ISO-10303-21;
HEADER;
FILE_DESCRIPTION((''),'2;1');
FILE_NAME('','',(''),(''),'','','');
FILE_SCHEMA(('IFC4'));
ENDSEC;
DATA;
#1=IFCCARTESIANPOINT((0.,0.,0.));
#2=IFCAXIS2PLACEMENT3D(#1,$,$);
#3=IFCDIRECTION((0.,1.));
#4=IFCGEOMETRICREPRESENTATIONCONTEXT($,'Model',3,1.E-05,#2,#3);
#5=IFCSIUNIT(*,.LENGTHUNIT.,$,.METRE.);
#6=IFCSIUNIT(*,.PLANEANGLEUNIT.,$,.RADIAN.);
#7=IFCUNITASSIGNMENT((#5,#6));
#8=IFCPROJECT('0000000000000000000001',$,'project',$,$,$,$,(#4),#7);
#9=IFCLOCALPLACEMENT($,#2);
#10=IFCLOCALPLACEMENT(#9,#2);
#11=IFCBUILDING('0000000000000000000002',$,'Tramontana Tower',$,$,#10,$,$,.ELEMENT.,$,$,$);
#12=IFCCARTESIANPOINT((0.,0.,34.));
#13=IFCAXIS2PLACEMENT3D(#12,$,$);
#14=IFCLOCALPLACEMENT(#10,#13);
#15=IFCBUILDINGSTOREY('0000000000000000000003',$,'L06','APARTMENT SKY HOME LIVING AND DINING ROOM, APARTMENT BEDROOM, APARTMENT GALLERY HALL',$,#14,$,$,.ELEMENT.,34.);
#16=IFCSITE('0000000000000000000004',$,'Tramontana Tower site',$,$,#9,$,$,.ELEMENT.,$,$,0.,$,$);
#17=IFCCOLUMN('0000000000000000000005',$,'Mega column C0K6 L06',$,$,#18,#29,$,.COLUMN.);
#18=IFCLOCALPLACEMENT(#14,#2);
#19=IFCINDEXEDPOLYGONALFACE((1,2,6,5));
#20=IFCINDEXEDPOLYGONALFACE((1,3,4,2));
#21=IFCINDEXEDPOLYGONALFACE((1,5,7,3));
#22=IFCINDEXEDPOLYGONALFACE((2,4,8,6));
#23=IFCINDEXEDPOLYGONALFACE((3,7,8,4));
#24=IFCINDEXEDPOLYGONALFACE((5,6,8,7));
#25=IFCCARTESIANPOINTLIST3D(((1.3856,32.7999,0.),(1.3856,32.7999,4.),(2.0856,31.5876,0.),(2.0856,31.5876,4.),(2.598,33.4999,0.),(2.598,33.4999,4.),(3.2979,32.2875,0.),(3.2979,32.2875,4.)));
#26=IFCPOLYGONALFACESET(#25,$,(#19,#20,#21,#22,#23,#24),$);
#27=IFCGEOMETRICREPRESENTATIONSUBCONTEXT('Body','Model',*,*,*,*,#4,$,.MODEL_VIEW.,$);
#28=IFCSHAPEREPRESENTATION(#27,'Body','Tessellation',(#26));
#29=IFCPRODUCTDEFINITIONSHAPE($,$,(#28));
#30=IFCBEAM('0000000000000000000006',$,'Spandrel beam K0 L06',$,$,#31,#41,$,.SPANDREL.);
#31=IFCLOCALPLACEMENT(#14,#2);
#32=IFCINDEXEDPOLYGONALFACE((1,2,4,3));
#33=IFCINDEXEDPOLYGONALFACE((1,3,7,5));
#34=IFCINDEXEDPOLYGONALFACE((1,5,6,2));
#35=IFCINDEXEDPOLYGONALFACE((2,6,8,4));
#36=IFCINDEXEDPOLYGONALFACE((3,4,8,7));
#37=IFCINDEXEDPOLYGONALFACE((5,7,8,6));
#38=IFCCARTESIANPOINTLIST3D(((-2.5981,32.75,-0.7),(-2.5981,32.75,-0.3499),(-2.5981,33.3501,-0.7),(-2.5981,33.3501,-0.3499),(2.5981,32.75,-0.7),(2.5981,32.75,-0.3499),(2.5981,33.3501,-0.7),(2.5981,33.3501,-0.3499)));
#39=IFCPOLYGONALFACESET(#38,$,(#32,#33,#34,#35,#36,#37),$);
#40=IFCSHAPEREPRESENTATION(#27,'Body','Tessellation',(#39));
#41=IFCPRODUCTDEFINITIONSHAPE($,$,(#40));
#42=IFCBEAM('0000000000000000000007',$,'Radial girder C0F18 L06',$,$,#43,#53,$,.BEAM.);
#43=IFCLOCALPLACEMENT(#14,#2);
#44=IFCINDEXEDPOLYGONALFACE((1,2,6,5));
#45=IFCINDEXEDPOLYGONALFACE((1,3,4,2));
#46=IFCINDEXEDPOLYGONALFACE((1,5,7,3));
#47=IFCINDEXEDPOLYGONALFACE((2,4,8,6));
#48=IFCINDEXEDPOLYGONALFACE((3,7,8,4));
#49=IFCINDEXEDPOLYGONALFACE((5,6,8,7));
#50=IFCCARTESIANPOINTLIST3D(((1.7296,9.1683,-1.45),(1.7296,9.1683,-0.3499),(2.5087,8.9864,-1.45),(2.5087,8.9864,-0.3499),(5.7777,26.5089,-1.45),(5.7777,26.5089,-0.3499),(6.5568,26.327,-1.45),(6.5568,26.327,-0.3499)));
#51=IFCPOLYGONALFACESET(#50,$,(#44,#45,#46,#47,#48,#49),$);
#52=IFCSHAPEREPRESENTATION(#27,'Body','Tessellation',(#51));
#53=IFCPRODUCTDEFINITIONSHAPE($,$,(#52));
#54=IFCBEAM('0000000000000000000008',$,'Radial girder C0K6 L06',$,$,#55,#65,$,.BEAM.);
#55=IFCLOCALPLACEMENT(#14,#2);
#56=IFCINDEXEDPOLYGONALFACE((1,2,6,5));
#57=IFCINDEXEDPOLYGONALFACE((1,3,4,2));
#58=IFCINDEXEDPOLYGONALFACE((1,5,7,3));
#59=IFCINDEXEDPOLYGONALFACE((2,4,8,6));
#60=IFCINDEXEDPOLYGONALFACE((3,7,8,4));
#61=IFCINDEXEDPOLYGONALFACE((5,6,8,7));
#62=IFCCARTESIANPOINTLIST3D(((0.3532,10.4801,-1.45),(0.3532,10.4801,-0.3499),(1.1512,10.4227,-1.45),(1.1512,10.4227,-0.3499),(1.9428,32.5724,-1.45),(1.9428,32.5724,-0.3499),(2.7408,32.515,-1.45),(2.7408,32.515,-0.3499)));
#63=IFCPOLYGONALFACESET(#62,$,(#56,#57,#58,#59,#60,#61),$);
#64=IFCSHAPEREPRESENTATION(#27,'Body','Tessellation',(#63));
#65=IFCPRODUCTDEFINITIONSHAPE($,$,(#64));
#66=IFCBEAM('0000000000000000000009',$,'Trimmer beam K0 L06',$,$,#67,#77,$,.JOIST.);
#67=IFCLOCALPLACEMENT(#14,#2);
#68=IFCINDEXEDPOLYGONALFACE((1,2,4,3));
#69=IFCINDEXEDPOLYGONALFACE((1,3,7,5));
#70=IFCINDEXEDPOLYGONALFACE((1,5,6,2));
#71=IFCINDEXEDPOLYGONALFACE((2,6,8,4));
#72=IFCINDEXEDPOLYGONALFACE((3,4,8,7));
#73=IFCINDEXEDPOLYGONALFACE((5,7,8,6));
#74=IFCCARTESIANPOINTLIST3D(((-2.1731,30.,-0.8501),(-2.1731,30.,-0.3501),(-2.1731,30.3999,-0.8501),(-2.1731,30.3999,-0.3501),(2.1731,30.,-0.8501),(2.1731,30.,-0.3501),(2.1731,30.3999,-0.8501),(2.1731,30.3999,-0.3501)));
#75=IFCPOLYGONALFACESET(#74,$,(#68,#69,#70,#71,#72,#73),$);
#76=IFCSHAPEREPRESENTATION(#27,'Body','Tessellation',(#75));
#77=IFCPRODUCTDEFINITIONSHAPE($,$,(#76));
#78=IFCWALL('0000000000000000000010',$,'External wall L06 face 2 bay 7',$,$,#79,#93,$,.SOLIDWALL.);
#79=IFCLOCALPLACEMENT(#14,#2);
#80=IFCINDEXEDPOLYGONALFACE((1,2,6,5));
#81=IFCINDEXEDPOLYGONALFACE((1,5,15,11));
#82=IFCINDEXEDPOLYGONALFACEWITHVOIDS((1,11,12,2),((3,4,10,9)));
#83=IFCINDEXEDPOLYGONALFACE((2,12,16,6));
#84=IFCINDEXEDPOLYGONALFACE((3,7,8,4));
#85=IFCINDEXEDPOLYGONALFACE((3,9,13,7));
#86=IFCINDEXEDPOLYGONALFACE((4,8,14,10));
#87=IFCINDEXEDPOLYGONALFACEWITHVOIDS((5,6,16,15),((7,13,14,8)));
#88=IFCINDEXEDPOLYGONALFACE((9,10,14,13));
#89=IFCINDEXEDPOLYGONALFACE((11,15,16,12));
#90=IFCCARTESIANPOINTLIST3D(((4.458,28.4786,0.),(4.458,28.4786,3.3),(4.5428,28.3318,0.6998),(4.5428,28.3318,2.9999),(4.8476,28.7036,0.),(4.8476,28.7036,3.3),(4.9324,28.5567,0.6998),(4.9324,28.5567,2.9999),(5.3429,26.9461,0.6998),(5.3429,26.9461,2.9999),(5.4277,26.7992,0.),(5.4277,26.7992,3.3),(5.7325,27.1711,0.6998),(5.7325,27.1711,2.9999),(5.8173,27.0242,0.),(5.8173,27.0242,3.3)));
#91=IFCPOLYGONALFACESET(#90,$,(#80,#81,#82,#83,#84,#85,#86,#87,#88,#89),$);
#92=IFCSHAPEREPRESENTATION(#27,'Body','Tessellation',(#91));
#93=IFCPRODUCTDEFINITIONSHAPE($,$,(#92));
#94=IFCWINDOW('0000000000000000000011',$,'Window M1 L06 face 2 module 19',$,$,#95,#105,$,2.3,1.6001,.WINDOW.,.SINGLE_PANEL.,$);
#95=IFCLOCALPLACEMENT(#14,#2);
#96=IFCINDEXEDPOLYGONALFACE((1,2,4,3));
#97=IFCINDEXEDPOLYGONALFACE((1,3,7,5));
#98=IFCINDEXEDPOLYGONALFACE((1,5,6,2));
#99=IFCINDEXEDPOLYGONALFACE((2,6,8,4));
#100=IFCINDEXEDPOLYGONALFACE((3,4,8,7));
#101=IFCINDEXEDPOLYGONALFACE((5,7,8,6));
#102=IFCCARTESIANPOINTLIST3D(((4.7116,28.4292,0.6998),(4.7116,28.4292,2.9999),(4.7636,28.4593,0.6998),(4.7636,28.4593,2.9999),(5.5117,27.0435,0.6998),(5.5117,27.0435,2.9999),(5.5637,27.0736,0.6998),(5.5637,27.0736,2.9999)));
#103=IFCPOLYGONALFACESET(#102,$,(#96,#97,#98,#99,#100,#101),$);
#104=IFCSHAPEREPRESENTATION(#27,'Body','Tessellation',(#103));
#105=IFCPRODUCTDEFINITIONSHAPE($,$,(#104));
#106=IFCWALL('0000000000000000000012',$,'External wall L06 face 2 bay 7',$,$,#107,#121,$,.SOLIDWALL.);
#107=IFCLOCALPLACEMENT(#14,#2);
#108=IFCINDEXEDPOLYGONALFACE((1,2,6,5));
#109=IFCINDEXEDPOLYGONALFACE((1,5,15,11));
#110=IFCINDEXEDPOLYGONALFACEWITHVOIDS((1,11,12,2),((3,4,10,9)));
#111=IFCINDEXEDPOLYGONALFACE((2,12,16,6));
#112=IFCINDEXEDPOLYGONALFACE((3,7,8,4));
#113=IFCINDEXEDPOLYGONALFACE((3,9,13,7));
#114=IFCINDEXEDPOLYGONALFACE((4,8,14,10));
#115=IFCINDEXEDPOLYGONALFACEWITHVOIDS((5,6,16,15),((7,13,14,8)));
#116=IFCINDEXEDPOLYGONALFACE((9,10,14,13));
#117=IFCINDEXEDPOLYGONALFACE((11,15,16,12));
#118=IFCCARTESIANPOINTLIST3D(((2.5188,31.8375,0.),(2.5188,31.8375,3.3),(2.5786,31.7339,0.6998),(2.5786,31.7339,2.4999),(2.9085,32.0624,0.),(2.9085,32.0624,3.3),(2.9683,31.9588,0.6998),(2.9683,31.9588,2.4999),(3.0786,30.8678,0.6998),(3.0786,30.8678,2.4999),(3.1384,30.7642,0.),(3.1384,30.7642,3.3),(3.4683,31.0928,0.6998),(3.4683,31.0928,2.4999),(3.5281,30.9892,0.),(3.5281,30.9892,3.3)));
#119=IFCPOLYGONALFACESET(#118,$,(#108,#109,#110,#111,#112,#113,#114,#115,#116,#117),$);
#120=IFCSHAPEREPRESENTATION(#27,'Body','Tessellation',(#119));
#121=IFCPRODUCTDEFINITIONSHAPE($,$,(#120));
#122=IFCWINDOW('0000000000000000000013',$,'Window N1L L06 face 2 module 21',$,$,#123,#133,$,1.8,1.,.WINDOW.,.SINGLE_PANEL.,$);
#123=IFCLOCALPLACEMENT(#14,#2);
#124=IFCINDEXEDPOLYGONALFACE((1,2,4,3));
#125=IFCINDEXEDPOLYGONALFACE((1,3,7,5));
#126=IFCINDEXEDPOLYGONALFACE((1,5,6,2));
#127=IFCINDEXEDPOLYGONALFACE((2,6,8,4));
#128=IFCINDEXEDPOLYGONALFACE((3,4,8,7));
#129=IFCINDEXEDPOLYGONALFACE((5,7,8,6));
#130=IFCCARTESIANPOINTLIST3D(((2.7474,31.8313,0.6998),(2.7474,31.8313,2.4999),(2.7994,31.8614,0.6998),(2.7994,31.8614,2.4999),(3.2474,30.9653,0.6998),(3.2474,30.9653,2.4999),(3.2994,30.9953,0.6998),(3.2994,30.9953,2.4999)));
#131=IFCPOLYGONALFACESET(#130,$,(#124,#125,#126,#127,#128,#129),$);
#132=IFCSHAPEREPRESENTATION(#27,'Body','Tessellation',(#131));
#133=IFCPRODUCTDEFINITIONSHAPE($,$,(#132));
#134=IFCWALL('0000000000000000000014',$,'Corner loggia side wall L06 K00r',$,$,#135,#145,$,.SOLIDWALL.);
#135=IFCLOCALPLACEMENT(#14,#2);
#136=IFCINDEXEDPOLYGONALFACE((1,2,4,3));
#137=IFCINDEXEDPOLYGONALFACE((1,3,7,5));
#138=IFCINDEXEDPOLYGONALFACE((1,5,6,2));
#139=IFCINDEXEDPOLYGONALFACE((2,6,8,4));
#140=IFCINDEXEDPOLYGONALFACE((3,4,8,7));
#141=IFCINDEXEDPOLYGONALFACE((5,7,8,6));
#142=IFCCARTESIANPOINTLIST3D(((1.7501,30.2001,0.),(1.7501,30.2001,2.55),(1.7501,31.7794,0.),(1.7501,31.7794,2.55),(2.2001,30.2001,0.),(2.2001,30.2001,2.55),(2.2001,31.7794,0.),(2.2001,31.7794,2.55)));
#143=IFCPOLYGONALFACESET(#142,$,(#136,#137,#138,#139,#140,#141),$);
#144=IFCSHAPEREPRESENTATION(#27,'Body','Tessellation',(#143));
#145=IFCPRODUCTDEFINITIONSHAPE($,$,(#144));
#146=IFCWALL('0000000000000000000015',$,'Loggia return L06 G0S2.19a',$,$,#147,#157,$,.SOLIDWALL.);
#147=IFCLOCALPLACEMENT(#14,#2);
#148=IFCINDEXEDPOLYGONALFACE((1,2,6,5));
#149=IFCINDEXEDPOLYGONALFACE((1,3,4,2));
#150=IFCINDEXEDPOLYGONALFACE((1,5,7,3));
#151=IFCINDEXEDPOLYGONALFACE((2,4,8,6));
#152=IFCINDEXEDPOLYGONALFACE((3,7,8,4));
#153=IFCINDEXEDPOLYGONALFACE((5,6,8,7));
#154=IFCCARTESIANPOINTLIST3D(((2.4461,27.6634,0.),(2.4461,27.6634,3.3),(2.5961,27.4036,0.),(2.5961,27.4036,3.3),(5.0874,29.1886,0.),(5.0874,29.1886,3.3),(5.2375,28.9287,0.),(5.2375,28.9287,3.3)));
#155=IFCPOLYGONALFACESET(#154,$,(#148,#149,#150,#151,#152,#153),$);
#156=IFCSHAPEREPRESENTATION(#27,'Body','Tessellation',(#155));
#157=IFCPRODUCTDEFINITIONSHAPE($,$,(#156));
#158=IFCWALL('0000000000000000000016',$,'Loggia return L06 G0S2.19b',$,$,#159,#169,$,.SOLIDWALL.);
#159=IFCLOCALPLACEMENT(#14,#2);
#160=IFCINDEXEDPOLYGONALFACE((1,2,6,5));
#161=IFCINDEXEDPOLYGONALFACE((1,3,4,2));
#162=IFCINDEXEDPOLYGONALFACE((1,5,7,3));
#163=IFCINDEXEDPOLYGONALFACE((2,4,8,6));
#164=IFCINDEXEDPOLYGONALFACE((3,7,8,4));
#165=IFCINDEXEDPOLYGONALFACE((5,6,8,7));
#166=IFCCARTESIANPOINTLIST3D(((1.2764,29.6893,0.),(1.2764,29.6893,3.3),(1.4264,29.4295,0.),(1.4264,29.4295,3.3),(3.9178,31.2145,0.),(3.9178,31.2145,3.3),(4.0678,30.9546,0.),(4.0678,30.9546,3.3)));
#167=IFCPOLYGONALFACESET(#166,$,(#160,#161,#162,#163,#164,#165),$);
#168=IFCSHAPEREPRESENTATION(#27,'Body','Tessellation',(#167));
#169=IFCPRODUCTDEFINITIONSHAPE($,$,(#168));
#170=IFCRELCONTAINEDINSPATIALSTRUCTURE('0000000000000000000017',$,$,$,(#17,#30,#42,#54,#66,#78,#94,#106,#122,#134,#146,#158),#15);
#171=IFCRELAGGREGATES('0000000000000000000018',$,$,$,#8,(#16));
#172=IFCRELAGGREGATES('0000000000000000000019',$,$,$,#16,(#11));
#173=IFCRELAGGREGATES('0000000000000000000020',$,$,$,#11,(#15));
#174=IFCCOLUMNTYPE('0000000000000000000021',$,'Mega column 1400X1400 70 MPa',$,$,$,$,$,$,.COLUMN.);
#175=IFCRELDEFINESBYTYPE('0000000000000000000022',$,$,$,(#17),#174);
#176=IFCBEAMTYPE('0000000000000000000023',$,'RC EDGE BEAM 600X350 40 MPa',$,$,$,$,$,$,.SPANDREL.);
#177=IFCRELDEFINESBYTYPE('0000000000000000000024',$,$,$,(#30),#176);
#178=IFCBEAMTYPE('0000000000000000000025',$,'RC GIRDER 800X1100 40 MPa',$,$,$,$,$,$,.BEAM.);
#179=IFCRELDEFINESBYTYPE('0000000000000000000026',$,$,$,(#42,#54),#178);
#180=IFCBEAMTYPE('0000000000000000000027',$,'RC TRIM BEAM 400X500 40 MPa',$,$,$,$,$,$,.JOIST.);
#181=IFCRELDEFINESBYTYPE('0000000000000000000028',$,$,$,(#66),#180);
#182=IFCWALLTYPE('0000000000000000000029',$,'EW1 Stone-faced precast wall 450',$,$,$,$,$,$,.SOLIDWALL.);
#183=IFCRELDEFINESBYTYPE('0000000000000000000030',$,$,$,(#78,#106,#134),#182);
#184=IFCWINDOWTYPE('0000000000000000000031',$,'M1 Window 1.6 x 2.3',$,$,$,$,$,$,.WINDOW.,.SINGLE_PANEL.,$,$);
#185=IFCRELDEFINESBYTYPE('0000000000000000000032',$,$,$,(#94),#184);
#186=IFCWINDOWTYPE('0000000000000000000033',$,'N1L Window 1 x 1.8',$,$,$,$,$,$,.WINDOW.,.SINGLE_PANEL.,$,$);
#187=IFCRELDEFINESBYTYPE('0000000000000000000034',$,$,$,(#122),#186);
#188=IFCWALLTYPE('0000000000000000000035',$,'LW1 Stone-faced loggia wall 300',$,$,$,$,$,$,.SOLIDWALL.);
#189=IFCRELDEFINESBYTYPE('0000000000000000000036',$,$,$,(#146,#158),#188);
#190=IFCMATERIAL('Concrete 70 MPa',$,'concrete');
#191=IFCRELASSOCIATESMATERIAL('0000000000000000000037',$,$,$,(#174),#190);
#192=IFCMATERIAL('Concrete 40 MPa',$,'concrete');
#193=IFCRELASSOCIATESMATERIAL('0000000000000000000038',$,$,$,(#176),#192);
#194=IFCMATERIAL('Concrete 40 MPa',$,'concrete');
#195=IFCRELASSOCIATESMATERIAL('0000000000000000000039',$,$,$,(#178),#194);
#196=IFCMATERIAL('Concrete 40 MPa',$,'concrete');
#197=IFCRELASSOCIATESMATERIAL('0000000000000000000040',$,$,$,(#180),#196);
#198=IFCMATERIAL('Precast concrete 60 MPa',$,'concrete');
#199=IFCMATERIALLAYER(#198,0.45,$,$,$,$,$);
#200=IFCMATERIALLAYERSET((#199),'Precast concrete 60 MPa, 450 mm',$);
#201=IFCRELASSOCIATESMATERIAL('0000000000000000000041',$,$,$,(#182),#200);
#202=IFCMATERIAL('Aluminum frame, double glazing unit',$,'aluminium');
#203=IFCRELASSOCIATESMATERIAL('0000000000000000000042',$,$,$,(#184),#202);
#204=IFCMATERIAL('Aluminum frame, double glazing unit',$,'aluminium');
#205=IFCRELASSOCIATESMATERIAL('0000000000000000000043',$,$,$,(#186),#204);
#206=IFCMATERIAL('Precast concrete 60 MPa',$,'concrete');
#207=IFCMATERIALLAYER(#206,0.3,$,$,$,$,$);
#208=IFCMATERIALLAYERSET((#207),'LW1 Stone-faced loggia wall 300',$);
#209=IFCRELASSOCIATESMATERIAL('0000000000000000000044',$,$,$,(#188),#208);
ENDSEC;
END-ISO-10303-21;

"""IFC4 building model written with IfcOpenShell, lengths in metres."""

from ifc_helpers import new_model, si_unit, direction, frame, frame_2d, origin, origin_2d, place, context, subcontext, project, spatial, rectangle, extrude, material, layer, layer_set, material_profile, profile_set, type_object, element, fill, save


model = new_model("IFC4")

# Units and contexts
model_context = context("Model", 3, precision=1e-05, world=origin(), true_north=direction((0.0, 1.0)))
body_context = subcontext(model_context, "Body", "Model", "MODEL_VIEW")
ifc_project = project(units=[si_unit("LENGTHUNIT", "METRE"), si_unit("PLANEANGLEUNIT", "RADIAN")], contexts=[model_context])

# Site, building, storey
site_placement = place(None, origin())
site = spatial("IfcSite", under=ifc_project, at=site_placement, Name="Tramontana Tower site", CompositionType="ELEMENT", RefElevation=0.0)
building_placement = place(site_placement, origin())
building = spatial("IfcBuilding", under=site, at=building_placement, Name="Tramontana Tower", CompositionType="ELEMENT")
storey_placement = place(building_placement, frame((0.0, 0.0, 34.0)))
storey = spatial("IfcBuildingStorey", under=building, at=storey_placement, Name="L06", Description="APARTMENT SKY HOME LIVING AND DINING ROOM, APARTMENT BEDROOM, APARTMENT GALLERY HALL", CompositionType="ELEMENT", Elevation=34.0)

# Column
ifc_material_1 = material(Name="Concrete 70 MPa", Category="concrete")
ifc_material_profile_1 = material_profile(ifc_material_1, rectangle(XDim=1.3999, YDim=1.3999, at=origin_2d()), Name="Mega column 1400X1400 70 MPa")
ifc_profile_set_1 = profile_set([ifc_material_profile_1], Name="Concrete 70 MPa")
column_type = type_object("IfcColumnType", Name="Mega column 1400X1400 70 MPa", PredefinedType="COLUMN", material=ifc_profile_set_1)
column_placement = place(storey_placement, frame((2.3418, 32.5437, 0.0), z_axis=(0.0, 0.0, 1.0), x_axis=(-0.5, 0.866025, 0.0)))
element("IfcColumn", 1, at=column_placement, inside=storey, type_object=column_type, Name="Mega column C0K6 L06", PredefinedType="COLUMN", context=body_context, shape_type="SweptSolid", body=[
    extrude(rectangle(XDim=1.3999, YDim=1.3999, at=origin_2d()), origin(), (0.0, 0.0, 1.0), 4.0),
])

# Beams
ifc_material_2 = material(Name="Concrete 40 MPa", Category="concrete")
ifc_material_profile_2 = material_profile(ifc_material_2, rectangle(XDim=0.6001, YDim=0.3501, at=origin_2d()), Name="RC EDGE BEAM 600X350 40 MPa")
ifc_profile_set_2 = profile_set([ifc_material_profile_2], Name="Concrete 40 MPa")
beam_type_1 = type_object("IfcBeamType", Name="RC EDGE BEAM 600X350 40 MPa", PredefinedType="SPANDREL", material=ifc_profile_set_2)
beam_1_placement = place(storey_placement, frame((2.5981, 33.05, -0.5249), z_axis=(-1.0, 0.0, 0.0), x_axis=(0.0, -1.0, 0.0)))
element("IfcBeam", 2, at=beam_1_placement, inside=storey, type_object=beam_type_1, Name="Spandrel beam K0 L06", PredefinedType="SPANDREL", context=body_context, shape_type="SweptSolid", body=[
    extrude(rectangle(XDim=0.6001, YDim=0.3501, at=origin_2d()), origin(), (0.0, 0.0, 1.0), 5.1963),
])
ifc_material_3 = material(Name="Concrete 40 MPa", Category="concrete")
ifc_material_profile_3 = material_profile(ifc_material_3, rectangle(XDim=0.8, YDim=1.1001, at=origin_2d()), Name="RC GIRDER 800X1100 40 MPa")
ifc_profile_set_3 = profile_set([ifc_material_profile_3], Name="Concrete 40 MPa")
beam_type_2 = type_object("IfcBeamType", Name="RC GIRDER 800X1100 40 MPa", PredefinedType="BEAM", material=ifc_profile_set_3)
beam_2_placement = place(storey_placement, frame((6.1672, 26.418, -0.8999), z_axis=(-0.227334, -0.973817, 0.0), x_axis=(0.973817, -0.227334, 0.0)))
element("IfcBeam", 3, at=beam_2_placement, inside=storey, type_object=beam_type_2, Name="Radial girder C0F18 L06", PredefinedType="BEAM", context=body_context, shape_type="SweptSolid", body=[
    extrude(rectangle(XDim=0.8, YDim=1.1001, at=origin_2d()), origin(), (0.0, 0.0, 1.0), 17.8069),
])
beam_3_placement = place(storey_placement, frame((2.3418, 32.5437, -0.8999), z_axis=(-0.071767, -0.997421, 0.0), x_axis=(0.997421, -0.071767, 0.0)))
element("IfcBeam", 4, at=beam_3_placement, inside=storey, type_object=beam_type_2, Name="Radial girder C0K6 L06", PredefinedType="BEAM", context=body_context, shape_type="SweptSolid", body=[
    extrude(rectangle(XDim=0.8, YDim=1.1001, at=origin_2d()), origin(), (0.0, 0.0, 1.0), 22.1494),
])
ifc_material_4 = material(Name="Concrete 40 MPa", Category="concrete")
ifc_material_profile_4 = material_profile(ifc_material_4, rectangle(XDim=0.3999, YDim=0.5, at=origin_2d()), Name="RC TRIM BEAM 400X500 40 MPa")
ifc_profile_set_4 = profile_set([ifc_material_profile_4], Name="Concrete 40 MPa")
beam_type_3 = type_object("IfcBeamType", Name="RC TRIM BEAM 400X500 40 MPa", PredefinedType="JOIST", material=ifc_profile_set_4)
beam_4_placement = place(storey_placement, frame((2.1731, 30.2, -0.6001), z_axis=(-1.0, 0.0, 0.0), x_axis=(0.0, -1.0, 0.0)))
element("IfcBeam", 5, at=beam_4_placement, inside=storey, type_object=beam_type_3, Name="Trimmer beam K0 L06", PredefinedType="JOIST", context=body_context, shape_type="SweptSolid", body=[
    extrude(rectangle(XDim=0.3999, YDim=0.5, at=origin_2d()), origin(), (0.0, 0.0, 1.0), 4.3462),
])

# Walls, openings, windows
ifc_material_5 = material(Name="Precast concrete 60 MPa", Category="concrete")
ifc_layer_1 = layer(ifc_material_5, 0.45)
ifc_layer_set_1 = layer_set([ifc_layer_1], Name="Precast concrete 60 MPa, 450 mm")
wall_type_1 = type_object("IfcWallType", Name="EW1 Stone-faced precast wall 450", PredefinedType="SOLIDWALL", material=ifc_layer_set_1)
wall_1_placement = place(storey_placement, frame((5.6226, 26.9116, 0.0), z_axis=(0.0, 0.0, 1.0), x_axis=(-0.500038, 0.866003, 0.0)))
wall_1 = element("IfcWall", 6, at=wall_1_placement, inside=storey, type_object=wall_type_1, Name="External wall L06 face 2 bay 7", PredefinedType="SOLIDWALL", context=body_context, shape_type="SweptSolid", body=[
    extrude(rectangle(XDim=1.9392, YDim=0.45, at=frame_2d((0.9697, 0.0))), origin(), (0.0, 0.0, 1.0), 3.3),
])
opening_1_placement = place(wall_1_placement, frame((0.1697, 0.0, 0.7)))
opening_1 = element("IfcOpeningElement", 7, at=opening_1_placement, cuts=wall_1, PredefinedType="OPENING", context=body_context, shape_type="SweptSolid", body=[
    extrude(rectangle(XDim=1.6001, YDim=2.3, at=frame_2d((0.8, 1.1499))), frame((0.0, 0.2349, 0.0), z_axis=(0.0, -1.0, 0.0), x_axis=(1.0, 0.0, 0.0)), (0.0, 0.0, 1.0), 0.47),
])
ifc_material_6 = material(Name="Aluminum frame, double glazing unit", Category="aluminium")
window_type_1 = type_object("IfcWindowType", Name="M1 Window 1.6 x 2.3", PartitioningType="SINGLE_PANEL", PredefinedType="WINDOW", material=ifc_material_6)
window_1_placement = place(opening_1_placement, origin())
window_1 = element("IfcWindow", 8, at=window_1_placement, inside=storey, type_object=window_type_1, Name="Window M1 L06 face 2 module 19", OverallHeight=2.3, OverallWidth=1.6001, PartitioningType="SINGLE_PANEL", PredefinedType="WINDOW", context=body_context, shape_type="SweptSolid", body=[
    extrude(rectangle(XDim=1.6001, YDim=2.3, at=frame_2d((0.8, 1.1499))), frame((0.0, 0.03, 0.0), z_axis=(0.0, -1.0, 0.0), x_axis=(1.0, 0.0, 0.0)), (0.0, 0.0, 1.0), 0.0601),
])
fill(opening_1, window_1)
wall_2_placement = place(storey_placement, frame((3.3333, 30.8767, 0.0), z_axis=(0.0, 0.0, 1.0), x_axis=(-0.499995, 0.866028, 0.0)))
wall_2 = element("IfcWall", 9, at=wall_2_placement, inside=storey, type_object=wall_type_1, Name="External wall L06 face 2 bay 7", PredefinedType="SOLIDWALL", context=body_context, shape_type="SweptSolid", body=[
    extrude(rectangle(XDim=1.2393, YDim=0.45, at=frame_2d((0.6196, 0.0))), origin(), (0.0, 0.0, 1.0), 3.3),
])
opening_2_placement = place(wall_2_placement, frame((0.1196, 0.0, 0.7)))
opening_2 = element("IfcOpeningElement", 10, at=opening_2_placement, cuts=wall_2, PredefinedType="OPENING", context=body_context, shape_type="SweptSolid", body=[
    extrude(rectangle(XDim=1.0, YDim=1.8, at=frame_2d((0.5, 0.8999))), frame((0.0, 0.2349, 0.0), z_axis=(0.0, -1.0, 0.0), x_axis=(1.0, 0.0, 0.0)), (0.0, 0.0, 1.0), 0.47),
])
ifc_material_7 = material(Name="Aluminum frame, double glazing unit", Category="aluminium")
window_type_2 = type_object("IfcWindowType", Name="N1L Window 1 x 1.8", PartitioningType="SINGLE_PANEL", PredefinedType="WINDOW", material=ifc_material_7)
window_2_placement = place(opening_2_placement, origin())
window_2 = element("IfcWindow", 11, at=window_2_placement, inside=storey, type_object=window_type_2, Name="Window N1L L06 face 2 module 21", OverallHeight=1.8, OverallWidth=1.0, PartitioningType="SINGLE_PANEL", PredefinedType="WINDOW", context=body_context, shape_type="SweptSolid", body=[
    extrude(rectangle(XDim=1.0, YDim=1.8, at=frame_2d((0.5, 0.8999))), frame((0.0, 0.03, 0.0), z_axis=(0.0, -1.0, 0.0), x_axis=(1.0, 0.0, 0.0)), (0.0, 0.0, 1.0), 0.0601),
])
fill(opening_2, window_2)

# Wall
wall_3_placement = place(storey_placement, frame((1.9751, 31.7793, 0.0), z_axis=(0.0, 0.0, 1.0), x_axis=(0.0, -1.0, 0.0)))
element("IfcWall", 12, at=wall_3_placement, inside=storey, type_object=wall_type_1, Name="Corner loggia side wall L06 K00r", PredefinedType="SOLIDWALL", context=body_context, shape_type="SweptSolid", body=[
    extrude(rectangle(XDim=1.5793, YDim=0.45, at=frame_2d((0.7896, 0.0))), origin(), (0.0, 0.0, 1.0), 2.55),
])

# Shared definitions
ifc_material_8 = material(Name="Precast concrete 60 MPa", Category="concrete")
ifc_layer_2 = layer(ifc_material_8, 0.3)
ifc_layer_set_2 = layer_set([ifc_layer_2], Name="LW1 Stone-faced loggia wall 300")
wall_type_2 = type_object("IfcWallType", Name="LW1 Stone-faced loggia wall 300", PredefinedType="SOLIDWALL", material=ifc_layer_set_2)

# Walls
for number, where, z_axis, x_axis, name in (
    (13, (5.1624, 29.0586, 0.0), (0.0, 0.0, 1.0), (-0.866003, -0.500039, 0.0), "Loggia return L06 G0S2.19a"),
    (14, (3.9927, 31.0845, 0.0), (0.0, 0.0, 1.0), (-0.866003, -0.500039, 0.0), "Loggia return L06 G0S2.19b"),
):
    element("IfcWall", number, at=place(storey_placement, frame(where, z_axis=z_axis, x_axis=x_axis)), inside=storey, type_object=wall_type_2, Name=name, PredefinedType="SOLIDWALL", context=body_context, shape_type="SweptSolid", body=[
        extrude(rectangle(XDim=3.05, YDim=0.3, at=frame_2d((1.5249, 0.0))), origin(), (0.0, 0.0, 1.0), 3.3),
    ])

save(model, "model.ifc")
